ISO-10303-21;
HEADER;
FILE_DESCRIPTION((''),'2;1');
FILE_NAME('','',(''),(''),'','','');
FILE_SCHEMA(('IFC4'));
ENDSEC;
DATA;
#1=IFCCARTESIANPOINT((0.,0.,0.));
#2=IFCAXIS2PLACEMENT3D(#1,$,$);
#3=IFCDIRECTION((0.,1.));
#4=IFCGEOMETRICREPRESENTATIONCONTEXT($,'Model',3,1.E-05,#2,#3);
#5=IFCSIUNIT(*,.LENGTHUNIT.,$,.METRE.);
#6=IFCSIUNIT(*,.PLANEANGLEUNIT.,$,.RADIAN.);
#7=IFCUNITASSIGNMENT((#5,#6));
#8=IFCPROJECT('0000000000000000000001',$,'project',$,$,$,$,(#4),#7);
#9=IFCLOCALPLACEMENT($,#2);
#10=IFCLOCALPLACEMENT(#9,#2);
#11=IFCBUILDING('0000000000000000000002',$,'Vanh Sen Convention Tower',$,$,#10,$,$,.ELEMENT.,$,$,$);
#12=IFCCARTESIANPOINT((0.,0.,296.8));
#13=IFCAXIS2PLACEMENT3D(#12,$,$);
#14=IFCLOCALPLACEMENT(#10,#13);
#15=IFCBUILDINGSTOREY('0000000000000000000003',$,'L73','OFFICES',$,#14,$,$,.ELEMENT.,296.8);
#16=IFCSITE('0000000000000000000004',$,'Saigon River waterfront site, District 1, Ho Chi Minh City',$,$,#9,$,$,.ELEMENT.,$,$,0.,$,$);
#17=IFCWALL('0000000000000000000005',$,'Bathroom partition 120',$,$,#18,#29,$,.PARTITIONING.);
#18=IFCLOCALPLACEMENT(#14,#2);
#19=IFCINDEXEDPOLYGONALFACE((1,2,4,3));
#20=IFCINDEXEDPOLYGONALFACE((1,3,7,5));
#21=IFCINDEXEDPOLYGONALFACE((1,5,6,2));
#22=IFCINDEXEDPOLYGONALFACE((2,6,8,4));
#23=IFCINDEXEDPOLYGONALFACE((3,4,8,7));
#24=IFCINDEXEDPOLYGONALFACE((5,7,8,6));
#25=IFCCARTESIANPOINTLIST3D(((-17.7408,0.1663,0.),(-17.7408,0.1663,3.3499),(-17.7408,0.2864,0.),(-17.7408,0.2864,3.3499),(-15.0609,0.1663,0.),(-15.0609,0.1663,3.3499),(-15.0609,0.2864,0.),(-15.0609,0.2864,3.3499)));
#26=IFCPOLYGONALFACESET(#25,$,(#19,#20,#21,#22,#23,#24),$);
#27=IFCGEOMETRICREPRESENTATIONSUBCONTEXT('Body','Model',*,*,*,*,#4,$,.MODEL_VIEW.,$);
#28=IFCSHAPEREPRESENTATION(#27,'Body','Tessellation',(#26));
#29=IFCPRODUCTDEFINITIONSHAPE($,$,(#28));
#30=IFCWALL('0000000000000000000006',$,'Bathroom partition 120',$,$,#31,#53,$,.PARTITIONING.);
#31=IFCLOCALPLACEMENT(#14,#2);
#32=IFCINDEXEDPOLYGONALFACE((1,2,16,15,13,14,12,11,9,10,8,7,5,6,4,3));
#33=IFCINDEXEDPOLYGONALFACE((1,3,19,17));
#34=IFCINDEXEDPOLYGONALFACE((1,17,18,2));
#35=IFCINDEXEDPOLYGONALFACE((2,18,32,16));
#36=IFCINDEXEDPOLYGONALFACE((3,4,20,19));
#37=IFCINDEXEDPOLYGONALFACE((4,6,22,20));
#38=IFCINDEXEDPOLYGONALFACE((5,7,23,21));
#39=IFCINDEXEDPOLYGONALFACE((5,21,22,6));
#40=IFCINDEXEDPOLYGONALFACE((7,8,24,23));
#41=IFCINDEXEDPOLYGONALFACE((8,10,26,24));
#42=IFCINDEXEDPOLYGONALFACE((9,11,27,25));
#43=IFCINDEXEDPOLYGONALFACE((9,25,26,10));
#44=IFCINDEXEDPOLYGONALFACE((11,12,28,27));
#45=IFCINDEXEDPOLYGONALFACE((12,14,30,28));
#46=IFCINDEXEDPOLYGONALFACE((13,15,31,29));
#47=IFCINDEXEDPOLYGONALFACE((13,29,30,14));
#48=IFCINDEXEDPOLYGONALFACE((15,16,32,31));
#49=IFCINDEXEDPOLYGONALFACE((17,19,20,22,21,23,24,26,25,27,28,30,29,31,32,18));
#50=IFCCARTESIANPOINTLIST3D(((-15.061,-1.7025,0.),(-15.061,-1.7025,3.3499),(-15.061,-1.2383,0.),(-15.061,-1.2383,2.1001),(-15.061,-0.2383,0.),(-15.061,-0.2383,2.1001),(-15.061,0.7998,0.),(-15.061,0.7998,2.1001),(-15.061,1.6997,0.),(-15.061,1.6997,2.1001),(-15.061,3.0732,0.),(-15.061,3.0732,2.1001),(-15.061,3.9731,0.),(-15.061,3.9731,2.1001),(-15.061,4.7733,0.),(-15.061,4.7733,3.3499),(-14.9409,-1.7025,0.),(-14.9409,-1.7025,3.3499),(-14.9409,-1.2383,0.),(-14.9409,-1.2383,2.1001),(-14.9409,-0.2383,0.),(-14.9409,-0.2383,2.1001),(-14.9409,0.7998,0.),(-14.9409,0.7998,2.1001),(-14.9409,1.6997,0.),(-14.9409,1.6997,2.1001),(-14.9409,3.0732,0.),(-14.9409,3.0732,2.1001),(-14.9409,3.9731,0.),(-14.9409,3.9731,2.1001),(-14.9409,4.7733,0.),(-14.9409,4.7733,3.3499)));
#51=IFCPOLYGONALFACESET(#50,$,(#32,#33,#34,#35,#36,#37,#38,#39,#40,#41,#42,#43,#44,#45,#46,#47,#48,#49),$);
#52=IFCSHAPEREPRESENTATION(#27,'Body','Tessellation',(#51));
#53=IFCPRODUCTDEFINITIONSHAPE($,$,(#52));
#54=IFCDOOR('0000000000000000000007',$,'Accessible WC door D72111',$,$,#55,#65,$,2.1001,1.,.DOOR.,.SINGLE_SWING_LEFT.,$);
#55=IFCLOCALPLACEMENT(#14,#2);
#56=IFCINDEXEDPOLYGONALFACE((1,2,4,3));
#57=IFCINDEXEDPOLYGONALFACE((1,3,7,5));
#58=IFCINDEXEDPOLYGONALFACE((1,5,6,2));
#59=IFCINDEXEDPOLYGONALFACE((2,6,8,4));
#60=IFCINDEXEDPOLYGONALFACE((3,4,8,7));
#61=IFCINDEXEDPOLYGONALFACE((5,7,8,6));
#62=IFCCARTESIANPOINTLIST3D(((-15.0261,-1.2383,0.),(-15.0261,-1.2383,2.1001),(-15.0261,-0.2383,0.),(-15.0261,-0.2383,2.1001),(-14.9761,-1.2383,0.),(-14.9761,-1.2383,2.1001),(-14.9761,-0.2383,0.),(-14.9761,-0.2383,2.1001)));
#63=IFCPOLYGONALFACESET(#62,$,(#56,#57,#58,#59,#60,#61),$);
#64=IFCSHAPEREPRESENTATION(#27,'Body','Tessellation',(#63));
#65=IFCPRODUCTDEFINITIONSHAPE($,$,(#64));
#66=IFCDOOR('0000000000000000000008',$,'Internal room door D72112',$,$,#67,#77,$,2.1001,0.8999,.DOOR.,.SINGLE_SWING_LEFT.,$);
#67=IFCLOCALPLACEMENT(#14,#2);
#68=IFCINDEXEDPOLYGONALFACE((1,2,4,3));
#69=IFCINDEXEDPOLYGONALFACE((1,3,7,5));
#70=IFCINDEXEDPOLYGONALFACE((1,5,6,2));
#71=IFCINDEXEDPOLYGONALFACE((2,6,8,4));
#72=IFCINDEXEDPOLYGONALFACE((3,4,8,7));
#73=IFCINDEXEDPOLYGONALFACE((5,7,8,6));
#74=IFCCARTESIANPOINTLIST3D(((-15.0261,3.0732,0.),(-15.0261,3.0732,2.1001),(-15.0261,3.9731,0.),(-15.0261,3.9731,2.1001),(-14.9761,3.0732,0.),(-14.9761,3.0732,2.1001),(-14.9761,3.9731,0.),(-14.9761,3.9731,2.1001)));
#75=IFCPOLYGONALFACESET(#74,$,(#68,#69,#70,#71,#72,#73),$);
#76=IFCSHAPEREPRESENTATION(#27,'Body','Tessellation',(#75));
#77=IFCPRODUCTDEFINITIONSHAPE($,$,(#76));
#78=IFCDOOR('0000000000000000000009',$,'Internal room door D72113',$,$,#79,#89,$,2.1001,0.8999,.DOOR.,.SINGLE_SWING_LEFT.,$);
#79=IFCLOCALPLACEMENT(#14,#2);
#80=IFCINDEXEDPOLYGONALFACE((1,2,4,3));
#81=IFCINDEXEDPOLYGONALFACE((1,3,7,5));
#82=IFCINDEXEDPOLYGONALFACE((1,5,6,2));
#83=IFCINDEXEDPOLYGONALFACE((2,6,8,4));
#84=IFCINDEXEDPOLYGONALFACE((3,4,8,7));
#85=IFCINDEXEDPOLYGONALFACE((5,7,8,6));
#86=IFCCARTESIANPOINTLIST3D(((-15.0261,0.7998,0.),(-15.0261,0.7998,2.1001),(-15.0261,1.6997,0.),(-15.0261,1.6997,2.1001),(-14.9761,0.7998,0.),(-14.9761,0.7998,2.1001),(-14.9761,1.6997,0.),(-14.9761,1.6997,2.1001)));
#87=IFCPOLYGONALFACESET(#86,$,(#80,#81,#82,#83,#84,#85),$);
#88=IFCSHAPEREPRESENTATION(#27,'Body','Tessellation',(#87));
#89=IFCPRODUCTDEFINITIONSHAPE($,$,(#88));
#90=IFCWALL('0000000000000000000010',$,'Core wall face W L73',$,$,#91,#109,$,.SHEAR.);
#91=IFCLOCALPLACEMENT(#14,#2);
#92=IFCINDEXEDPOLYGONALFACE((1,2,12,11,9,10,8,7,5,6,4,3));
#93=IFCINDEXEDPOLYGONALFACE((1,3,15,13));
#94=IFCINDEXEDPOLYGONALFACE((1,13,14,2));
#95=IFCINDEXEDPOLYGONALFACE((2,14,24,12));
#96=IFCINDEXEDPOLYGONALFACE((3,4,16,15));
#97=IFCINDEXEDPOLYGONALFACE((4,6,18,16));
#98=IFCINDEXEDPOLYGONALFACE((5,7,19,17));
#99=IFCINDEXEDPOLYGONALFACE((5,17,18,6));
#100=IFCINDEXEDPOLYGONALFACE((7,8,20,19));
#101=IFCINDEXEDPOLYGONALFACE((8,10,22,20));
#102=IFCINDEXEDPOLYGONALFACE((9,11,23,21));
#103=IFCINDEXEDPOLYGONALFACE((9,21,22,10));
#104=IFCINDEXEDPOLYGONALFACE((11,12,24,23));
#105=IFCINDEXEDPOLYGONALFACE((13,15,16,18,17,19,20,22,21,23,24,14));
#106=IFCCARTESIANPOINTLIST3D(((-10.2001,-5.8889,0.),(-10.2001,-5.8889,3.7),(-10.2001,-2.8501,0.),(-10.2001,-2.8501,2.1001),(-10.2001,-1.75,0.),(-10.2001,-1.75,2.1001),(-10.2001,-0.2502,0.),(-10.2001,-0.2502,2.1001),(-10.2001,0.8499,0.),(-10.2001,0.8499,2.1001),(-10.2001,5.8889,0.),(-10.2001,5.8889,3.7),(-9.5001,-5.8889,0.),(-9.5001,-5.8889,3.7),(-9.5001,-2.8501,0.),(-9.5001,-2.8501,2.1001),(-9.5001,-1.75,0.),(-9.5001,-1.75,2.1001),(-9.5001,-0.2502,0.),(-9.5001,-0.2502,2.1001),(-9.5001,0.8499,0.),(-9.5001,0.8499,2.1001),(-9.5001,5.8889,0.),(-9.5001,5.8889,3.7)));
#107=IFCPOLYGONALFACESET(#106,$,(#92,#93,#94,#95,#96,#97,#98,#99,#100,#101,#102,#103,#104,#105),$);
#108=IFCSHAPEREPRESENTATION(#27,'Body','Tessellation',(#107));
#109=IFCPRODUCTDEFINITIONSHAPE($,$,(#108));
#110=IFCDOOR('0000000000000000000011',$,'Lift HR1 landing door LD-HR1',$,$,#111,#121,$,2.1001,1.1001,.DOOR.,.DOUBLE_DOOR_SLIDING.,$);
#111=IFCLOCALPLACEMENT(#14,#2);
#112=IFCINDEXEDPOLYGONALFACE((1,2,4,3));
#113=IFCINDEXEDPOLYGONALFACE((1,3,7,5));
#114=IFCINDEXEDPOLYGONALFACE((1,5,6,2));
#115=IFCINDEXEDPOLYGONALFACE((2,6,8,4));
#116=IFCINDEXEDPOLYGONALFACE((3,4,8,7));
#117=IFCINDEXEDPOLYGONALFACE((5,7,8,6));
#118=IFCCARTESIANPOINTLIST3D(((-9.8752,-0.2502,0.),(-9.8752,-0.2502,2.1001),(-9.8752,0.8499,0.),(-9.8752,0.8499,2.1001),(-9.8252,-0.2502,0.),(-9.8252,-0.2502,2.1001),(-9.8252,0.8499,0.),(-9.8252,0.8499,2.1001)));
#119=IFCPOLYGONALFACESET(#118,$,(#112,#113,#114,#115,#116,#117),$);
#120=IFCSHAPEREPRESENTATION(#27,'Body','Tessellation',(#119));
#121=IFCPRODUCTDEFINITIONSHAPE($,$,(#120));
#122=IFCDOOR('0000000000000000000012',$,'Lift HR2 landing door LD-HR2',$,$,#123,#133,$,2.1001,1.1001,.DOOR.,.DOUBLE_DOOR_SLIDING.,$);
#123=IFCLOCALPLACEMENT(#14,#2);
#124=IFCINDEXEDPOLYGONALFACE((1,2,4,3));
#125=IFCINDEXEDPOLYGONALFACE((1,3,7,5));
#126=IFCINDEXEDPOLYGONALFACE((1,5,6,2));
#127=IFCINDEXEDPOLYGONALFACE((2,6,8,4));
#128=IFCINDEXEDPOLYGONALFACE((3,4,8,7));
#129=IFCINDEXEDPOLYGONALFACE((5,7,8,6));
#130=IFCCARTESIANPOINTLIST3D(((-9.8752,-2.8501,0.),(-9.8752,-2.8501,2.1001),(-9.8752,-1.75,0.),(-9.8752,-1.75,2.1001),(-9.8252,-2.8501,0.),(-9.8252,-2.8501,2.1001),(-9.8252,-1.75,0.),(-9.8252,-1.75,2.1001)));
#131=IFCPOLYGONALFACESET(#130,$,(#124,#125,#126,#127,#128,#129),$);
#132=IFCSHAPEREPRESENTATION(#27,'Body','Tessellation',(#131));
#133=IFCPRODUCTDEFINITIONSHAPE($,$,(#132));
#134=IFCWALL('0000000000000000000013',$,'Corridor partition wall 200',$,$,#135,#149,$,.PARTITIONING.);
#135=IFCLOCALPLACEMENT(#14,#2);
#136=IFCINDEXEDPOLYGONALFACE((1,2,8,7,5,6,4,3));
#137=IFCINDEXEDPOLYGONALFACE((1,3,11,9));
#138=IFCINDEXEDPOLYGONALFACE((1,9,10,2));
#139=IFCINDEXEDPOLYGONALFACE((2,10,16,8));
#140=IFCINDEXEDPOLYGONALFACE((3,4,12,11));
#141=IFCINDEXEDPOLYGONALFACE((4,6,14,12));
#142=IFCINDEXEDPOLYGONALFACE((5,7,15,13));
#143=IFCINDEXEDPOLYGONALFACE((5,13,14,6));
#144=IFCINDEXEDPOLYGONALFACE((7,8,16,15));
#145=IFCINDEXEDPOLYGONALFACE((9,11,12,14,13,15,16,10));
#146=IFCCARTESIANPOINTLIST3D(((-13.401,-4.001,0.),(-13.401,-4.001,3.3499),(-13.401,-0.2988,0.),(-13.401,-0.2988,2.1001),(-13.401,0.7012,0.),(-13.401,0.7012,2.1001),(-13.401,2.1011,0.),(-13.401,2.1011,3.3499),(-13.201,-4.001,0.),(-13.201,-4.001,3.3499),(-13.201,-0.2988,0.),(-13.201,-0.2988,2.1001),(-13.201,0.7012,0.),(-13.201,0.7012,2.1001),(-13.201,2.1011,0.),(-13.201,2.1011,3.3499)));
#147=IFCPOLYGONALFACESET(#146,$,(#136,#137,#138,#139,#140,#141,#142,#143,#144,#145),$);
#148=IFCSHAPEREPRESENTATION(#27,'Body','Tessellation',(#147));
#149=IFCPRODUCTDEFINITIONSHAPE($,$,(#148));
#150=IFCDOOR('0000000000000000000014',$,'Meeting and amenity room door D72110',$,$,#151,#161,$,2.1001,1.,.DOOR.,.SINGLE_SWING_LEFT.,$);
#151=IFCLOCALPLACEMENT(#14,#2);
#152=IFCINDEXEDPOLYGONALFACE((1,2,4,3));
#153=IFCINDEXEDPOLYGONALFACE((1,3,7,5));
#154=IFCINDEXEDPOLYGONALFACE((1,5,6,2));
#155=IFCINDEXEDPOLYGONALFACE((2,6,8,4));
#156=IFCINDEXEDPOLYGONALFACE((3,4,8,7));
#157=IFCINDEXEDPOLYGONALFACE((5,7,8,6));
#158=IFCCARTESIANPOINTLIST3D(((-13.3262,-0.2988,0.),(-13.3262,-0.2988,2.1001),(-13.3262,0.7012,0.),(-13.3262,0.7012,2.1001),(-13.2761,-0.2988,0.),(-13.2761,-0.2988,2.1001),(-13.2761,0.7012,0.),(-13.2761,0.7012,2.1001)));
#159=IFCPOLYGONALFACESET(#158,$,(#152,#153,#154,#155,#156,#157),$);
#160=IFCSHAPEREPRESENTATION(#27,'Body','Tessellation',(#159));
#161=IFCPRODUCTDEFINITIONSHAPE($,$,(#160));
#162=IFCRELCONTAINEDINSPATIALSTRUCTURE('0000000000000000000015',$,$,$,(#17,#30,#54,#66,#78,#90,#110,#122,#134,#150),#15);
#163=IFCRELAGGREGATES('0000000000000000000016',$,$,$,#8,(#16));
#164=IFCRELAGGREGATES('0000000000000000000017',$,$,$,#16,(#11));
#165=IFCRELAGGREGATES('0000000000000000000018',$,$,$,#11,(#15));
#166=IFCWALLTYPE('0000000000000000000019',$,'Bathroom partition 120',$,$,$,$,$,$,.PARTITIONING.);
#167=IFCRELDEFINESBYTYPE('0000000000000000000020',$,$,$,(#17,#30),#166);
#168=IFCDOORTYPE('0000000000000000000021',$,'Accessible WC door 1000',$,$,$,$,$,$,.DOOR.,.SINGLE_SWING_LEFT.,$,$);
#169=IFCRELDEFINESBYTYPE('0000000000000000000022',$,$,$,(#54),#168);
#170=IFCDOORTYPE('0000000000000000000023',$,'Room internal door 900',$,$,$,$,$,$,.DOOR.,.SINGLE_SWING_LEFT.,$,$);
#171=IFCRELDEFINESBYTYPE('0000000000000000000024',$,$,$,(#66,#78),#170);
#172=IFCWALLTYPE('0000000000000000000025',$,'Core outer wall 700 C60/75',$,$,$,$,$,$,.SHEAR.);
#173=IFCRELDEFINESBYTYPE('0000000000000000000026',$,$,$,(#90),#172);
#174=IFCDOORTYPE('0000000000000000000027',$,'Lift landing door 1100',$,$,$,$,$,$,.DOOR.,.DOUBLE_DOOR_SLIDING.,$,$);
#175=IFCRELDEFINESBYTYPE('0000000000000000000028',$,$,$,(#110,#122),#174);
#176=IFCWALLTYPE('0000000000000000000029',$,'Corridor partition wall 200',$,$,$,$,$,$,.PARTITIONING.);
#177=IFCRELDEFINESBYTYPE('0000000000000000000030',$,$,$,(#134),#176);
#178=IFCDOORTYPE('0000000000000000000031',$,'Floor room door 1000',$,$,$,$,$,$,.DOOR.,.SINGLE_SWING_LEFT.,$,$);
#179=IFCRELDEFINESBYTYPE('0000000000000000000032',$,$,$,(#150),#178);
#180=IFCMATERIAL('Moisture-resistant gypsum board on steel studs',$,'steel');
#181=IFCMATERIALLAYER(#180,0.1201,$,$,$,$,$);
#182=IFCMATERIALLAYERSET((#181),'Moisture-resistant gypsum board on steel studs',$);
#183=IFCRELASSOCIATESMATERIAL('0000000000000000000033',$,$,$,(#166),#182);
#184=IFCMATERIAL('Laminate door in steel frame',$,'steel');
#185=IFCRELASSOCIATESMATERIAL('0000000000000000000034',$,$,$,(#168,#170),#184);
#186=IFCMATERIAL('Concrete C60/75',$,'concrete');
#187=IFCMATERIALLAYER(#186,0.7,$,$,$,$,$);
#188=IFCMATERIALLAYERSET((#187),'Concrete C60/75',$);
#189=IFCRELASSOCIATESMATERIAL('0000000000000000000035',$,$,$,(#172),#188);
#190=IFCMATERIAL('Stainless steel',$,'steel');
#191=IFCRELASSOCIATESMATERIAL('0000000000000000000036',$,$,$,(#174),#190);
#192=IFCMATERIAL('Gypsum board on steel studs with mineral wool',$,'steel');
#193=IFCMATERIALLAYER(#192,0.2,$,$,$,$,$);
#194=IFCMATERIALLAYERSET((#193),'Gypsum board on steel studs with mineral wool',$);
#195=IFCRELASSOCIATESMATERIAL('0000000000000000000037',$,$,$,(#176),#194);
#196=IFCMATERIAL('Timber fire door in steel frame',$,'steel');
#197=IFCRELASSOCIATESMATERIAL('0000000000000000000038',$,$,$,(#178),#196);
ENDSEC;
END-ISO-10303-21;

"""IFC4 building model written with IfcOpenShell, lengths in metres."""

from ifc_helpers import new_model, si_unit, direction, frame, frame_2d, origin, place, context, subcontext, project, spatial, rectangle, extrude, material, layer, layer_set, type_object, element, fill, save


model = new_model("IFC4")

# Units and contexts
model_context = context("Model", 3, precision=1e-05, world=origin(), true_north=direction((0.0, 1.0)))
body_context = subcontext(model_context, "Body", "Model", "MODEL_VIEW")
ifc_project = project(units=[si_unit("LENGTHUNIT", "METRE"), si_unit("PLANEANGLEUNIT", "RADIAN")], contexts=[model_context])

# Site, building, storey
site_placement = place(None, origin())
site = spatial("IfcSite", under=ifc_project, at=site_placement, Name="Saigon River waterfront site, District 1, Ho Chi Minh City", CompositionType="ELEMENT", RefElevation=0.0)
building_placement = place(site_placement, origin())
building = spatial("IfcBuilding", under=site, at=building_placement, Name="Vanh Sen Convention Tower", CompositionType="ELEMENT")
storey_placement = place(building_placement, frame((0.0, 0.0, 296.8)))
storey = spatial("IfcBuildingStorey", under=building, at=storey_placement, Name="L73", Description="OFFICES", CompositionType="ELEMENT", Elevation=296.8)

# Wall
ifc_material_1 = material(Name="Moisture-resistant gypsum board on steel studs", Category="steel")
ifc_layer_1 = layer(ifc_material_1, 0.1201)
ifc_layer_set_1 = layer_set([ifc_layer_1], Name="Moisture-resistant gypsum board on steel studs")
wall_type_1 = type_object("IfcWallType", Name="Bathroom partition 120", PredefinedType="PARTITIONING", material=ifc_layer_set_1)
wall_1_placement = place(storey_placement, frame((-15.061, 0.2263, 0.0), z_axis=(0.0, 0.0, 1.0), x_axis=(-1.0, 0.0, 0.0)))
element("IfcWall", 1, at=wall_1_placement, inside=storey, type_object=wall_type_1, Name="Bathroom partition 120", PredefinedType="PARTITIONING", context=body_context, shape_type="SweptSolid", body=[
    extrude(rectangle(XDim=2.6799, YDim=0.1201, at=frame_2d((1.3398, 0.0))), origin(), (0.0, 0.0, 1.0), 3.3499),
])

# Walls, openings, doors
wall_2_placement = place(storey_placement, frame((-15.001, 4.7732, 0.0), z_axis=(0.0, 0.0, 1.0), x_axis=(0.0, -1.0, 0.0)))
wall_2 = element("IfcWall", 2, at=wall_2_placement, inside=storey, type_object=wall_type_1, Name="Bathroom partition 120", PredefinedType="PARTITIONING", context=body_context, shape_type="SweptSolid", body=[
    extrude(rectangle(XDim=6.4758, YDim=0.1201, at=frame_2d((3.2378, 0.0))), origin(), (0.0, 0.0, 1.0), 3.3499),
])
opening_1_placement = place(wall_2_placement, frame((5.0115, 0.0, 0.0)))
opening_1 = element("IfcOpeningElement", 3, at=opening_1_placement, cuts=wall_2, PredefinedType="OPENING", context=body_context, shape_type="SweptSolid", body=[
    extrude(rectangle(XDim=1.0, YDim=2.1001, at=frame_2d((0.5, 1.05))), frame((0.0, 0.0701, 0.0), z_axis=(0.0, -1.0, 0.0), x_axis=(1.0, 0.0, 0.0)), (0.0, 0.0, 1.0), 0.1401),
])
opening_2_placement = place(wall_2_placement, frame((0.8, 0.0, 0.0)))
opening_2 = element("IfcOpeningElement", 4, at=opening_2_placement, cuts=wall_2, PredefinedType="OPENING", context=body_context, shape_type="SweptSolid", body=[
    extrude(rectangle(XDim=0.8999, YDim=2.1001, at=frame_2d((0.45, 1.05))), frame((0.0, 0.0701, 0.0), z_axis=(0.0, -1.0, 0.0), x_axis=(1.0, 0.0, 0.0)), (0.0, 0.0, 1.0), 0.1401),
])
opening_3_placement = place(wall_2_placement, frame((3.0735, 0.0, 0.0)))
opening_3 = element("IfcOpeningElement", 5, at=opening_3_placement, cuts=wall_2, PredefinedType="OPENING", context=body_context, shape_type="SweptSolid", body=[
    extrude(rectangle(XDim=0.8999, YDim=2.1001, at=frame_2d((0.45, 1.05))), frame((0.0, 0.0701, 0.0), z_axis=(0.0, -1.0, 0.0), x_axis=(1.0, 0.0, 0.0)), (0.0, 0.0, 1.0), 0.1401),
])
ifc_material_2 = material(Name="Laminate door in steel frame", Category="steel")
door_type_1 = type_object("IfcDoorType", Name="Accessible WC door 1000", OperationType="SINGLE_SWING_LEFT", PredefinedType="DOOR", material=ifc_material_2)
door_1_placement = place(opening_1_placement, origin())
door_1 = element("IfcDoor", 6, at=door_1_placement, inside=storey, type_object=door_type_1, Name="Accessible WC door D72111", OperationType="SINGLE_SWING_LEFT", OverallHeight=2.1001, OverallWidth=1.0, PredefinedType="DOOR", context=body_context, shape_type="SweptSolid", body=[
    extrude(rectangle(XDim=1.0, YDim=2.1001, at=frame_2d((0.5, 1.05))), frame((0.0, 0.0249, 0.0), z_axis=(0.0, -1.0, 0.0), x_axis=(1.0, 0.0, 0.0)), (0.0, 0.0, 1.0), 0.05),
])
fill(opening_1, door_1)
door_type_2 = type_object("IfcDoorType", Name="Room internal door 900", OperationType="SINGLE_SWING_LEFT", PredefinedType="DOOR", material=ifc_material_2)
door_2_placement = place(opening_2_placement, origin())
door_2 = element("IfcDoor", 7, at=door_2_placement, inside=storey, type_object=door_type_2, Name="Internal room door D72112", OperationType="SINGLE_SWING_LEFT", OverallHeight=2.1001, OverallWidth=0.8999, PredefinedType="DOOR", context=body_context, shape_type="SweptSolid", body=[
    extrude(rectangle(XDim=0.8999, YDim=2.1001, at=frame_2d((0.45, 1.05))), frame((0.0, 0.0249, 0.0), z_axis=(0.0, -1.0, 0.0), x_axis=(1.0, 0.0, 0.0)), (0.0, 0.0, 1.0), 0.05),
])
fill(opening_2, door_2)
door_3_placement = place(opening_3_placement, origin())
door_3 = element("IfcDoor", 8, at=door_3_placement, inside=storey, type_object=door_type_2, Name="Internal room door D72113", OperationType="SINGLE_SWING_LEFT", OverallHeight=2.1001, OverallWidth=0.8999, PredefinedType="DOOR", context=body_context, shape_type="SweptSolid", body=[
    extrude(rectangle(XDim=0.8999, YDim=2.1001, at=frame_2d((0.45, 1.05))), frame((0.0, 0.0249, 0.0), z_axis=(0.0, -1.0, 0.0), x_axis=(1.0, 0.0, 0.0)), (0.0, 0.0, 1.0), 0.05),
])
fill(opening_3, door_3)
ifc_material_3 = material(Name="Concrete C60/75", Category="concrete")
ifc_layer_2 = layer(ifc_material_3, 0.7)
ifc_layer_set_2 = layer_set([ifc_layer_2], Name="Concrete C60/75")
wall_type_2 = type_object("IfcWallType", Name="Core outer wall 700 C60/75", PredefinedType="SHEAR", material=ifc_layer_set_2)
wall_3_placement = place(storey_placement, frame((-9.8501, 5.8889, 0.0), z_axis=(0.0, 0.0, 1.0), x_axis=(0.0, -1.0, 0.0)))
wall_3 = element("IfcWall", 9, at=wall_3_placement, inside=storey, type_object=wall_type_2, Name="Core wall face W L73", PredefinedType="SHEAR", context=body_context, shape_type="SweptSolid", body=[
    extrude(rectangle(XDim=11.7778, YDim=0.7, at=frame_2d((5.8889, 0.0))), origin(), (0.0, 0.0, 1.0), 3.7),
])
opening_4_placement = place(wall_3_placement, frame((5.0391, 0.0, 0.0)))
opening_4 = element("IfcOpeningElement", 10, at=opening_4_placement, cuts=wall_3, PredefinedType="OPENING", context=body_context, shape_type="SweptSolid", body=[
    extrude(rectangle(XDim=1.1001, YDim=2.1001, at=frame_2d((0.55, 1.05))), frame((0.0, 0.3599, 0.0), z_axis=(0.0, -1.0, 0.0), x_axis=(1.0, 0.0, 0.0)), (0.0, 0.0, 1.0), 0.72),
])
opening_5_placement = place(wall_3_placement, frame((7.6389, 0.0, 0.0)))
opening_5 = element("IfcOpeningElement", 11, at=opening_5_placement, cuts=wall_3, PredefinedType="OPENING", context=body_context, shape_type="SweptSolid", body=[
    extrude(rectangle(XDim=1.1001, YDim=2.1001, at=frame_2d((0.55, 1.05))), frame((0.0, 0.3599, 0.0), z_axis=(0.0, -1.0, 0.0), x_axis=(1.0, 0.0, 0.0)), (0.0, 0.0, 1.0), 0.72),
])
ifc_material_4 = material(Name="Stainless steel", Category="steel")
door_type_3 = type_object("IfcDoorType", Name="Lift landing door 1100", OperationType="DOUBLE_DOOR_SLIDING", PredefinedType="DOOR", material=ifc_material_4)
door_4_placement = place(opening_4_placement, origin())
door_4 = element("IfcDoor", 12, at=door_4_placement, inside=storey, type_object=door_type_3, Name="Lift HR1 landing door LD-HR1", OperationType="DOUBLE_DOOR_SLIDING", OverallHeight=2.1001, OverallWidth=1.1001, PredefinedType="DOOR", context=body_context, shape_type="SweptSolid", body=[
    extrude(rectangle(XDim=1.1001, YDim=2.1001, at=frame_2d((0.55, 1.05))), frame((0.0, 0.0249, 0.0), z_axis=(0.0, -1.0, 0.0), x_axis=(1.0, 0.0, 0.0)), (0.0, 0.0, 1.0), 0.05),
])
fill(opening_4, door_4)
door_5_placement = place(opening_5_placement, origin())
door_5 = element("IfcDoor", 13, at=door_5_placement, inside=storey, type_object=door_type_3, Name="Lift HR2 landing door LD-HR2", OperationType="DOUBLE_DOOR_SLIDING", OverallHeight=2.1001, OverallWidth=1.1001, PredefinedType="DOOR", context=body_context, shape_type="SweptSolid", body=[
    extrude(rectangle(XDim=1.1001, YDim=2.1001, at=frame_2d((0.55, 1.05))), frame((0.0, 0.0249, 0.0), z_axis=(0.0, -1.0, 0.0), x_axis=(1.0, 0.0, 0.0)), (0.0, 0.0, 1.0), 0.05),
])
fill(opening_5, door_5)

# Wall, opening, door
ifc_material_5 = material(Name="Gypsum board on steel studs with mineral wool", Category="steel")
ifc_layer_3 = layer(ifc_material_5, 0.2)
ifc_layer_set_3 = layer_set([ifc_layer_3], Name="Gypsum board on steel studs with mineral wool")
wall_type_3 = type_object("IfcWallType", Name="Corridor partition wall 200", PredefinedType="PARTITIONING", material=ifc_layer_set_3)
wall_4_placement = place(storey_placement, frame((-13.301, 2.1011, 0.0), z_axis=(0.0, 0.0, 1.0), x_axis=(0.0, -1.0, 0.0)))
wall_4 = element("IfcWall", 14, at=wall_4_placement, inside=storey, type_object=wall_type_3, Name="Corridor partition wall 200", PredefinedType="PARTITIONING", context=body_context, shape_type="SweptSolid", body=[
    extrude(rectangle(XDim=6.1021, YDim=0.2, at=frame_2d((3.051, 0.0))), origin(), (0.0, 0.0, 1.0), 3.3499),
])
opening_6_placement = place(wall_4_placement, frame((1.3999, 0.0, 0.0)))
opening_6 = element("IfcOpeningElement", 15, at=opening_6_placement, cuts=wall_4, PredefinedType="OPENING", context=body_context, shape_type="SweptSolid", body=[
    extrude(rectangle(XDim=1.0, YDim=2.1001, at=frame_2d((0.5, 1.05))), frame((0.0, 0.1099, 0.0), z_axis=(0.0, -1.0, 0.0), x_axis=(1.0, 0.0, 0.0)), (0.0, 0.0, 1.0), 0.22),
])
ifc_material_6 = material(Name="Timber fire door in steel frame", Category="steel")
door_type_4 = type_object("IfcDoorType", Name="Floor room door 1000", OperationType="SINGLE_SWING_LEFT", PredefinedType="DOOR", material=ifc_material_6)
door_6_placement = place(opening_6_placement, origin())
door_6 = element("IfcDoor", 16, at=door_6_placement, inside=storey, type_object=door_type_4, Name="Meeting and amenity room door D72110", OperationType="SINGLE_SWING_LEFT", OverallHeight=2.1001, OverallWidth=1.0, PredefinedType="DOOR", context=body_context, shape_type="SweptSolid", body=[
    extrude(rectangle(XDim=1.0, YDim=2.1001, at=frame_2d((0.5, 1.05))), frame((0.0, 0.0249, 0.0), z_axis=(0.0, -1.0, 0.0), x_axis=(1.0, 0.0, 0.0)), (0.0, 0.0, 1.0), 0.05),
])
fill(opening_6, door_6)

save(model, "model.ifc")
